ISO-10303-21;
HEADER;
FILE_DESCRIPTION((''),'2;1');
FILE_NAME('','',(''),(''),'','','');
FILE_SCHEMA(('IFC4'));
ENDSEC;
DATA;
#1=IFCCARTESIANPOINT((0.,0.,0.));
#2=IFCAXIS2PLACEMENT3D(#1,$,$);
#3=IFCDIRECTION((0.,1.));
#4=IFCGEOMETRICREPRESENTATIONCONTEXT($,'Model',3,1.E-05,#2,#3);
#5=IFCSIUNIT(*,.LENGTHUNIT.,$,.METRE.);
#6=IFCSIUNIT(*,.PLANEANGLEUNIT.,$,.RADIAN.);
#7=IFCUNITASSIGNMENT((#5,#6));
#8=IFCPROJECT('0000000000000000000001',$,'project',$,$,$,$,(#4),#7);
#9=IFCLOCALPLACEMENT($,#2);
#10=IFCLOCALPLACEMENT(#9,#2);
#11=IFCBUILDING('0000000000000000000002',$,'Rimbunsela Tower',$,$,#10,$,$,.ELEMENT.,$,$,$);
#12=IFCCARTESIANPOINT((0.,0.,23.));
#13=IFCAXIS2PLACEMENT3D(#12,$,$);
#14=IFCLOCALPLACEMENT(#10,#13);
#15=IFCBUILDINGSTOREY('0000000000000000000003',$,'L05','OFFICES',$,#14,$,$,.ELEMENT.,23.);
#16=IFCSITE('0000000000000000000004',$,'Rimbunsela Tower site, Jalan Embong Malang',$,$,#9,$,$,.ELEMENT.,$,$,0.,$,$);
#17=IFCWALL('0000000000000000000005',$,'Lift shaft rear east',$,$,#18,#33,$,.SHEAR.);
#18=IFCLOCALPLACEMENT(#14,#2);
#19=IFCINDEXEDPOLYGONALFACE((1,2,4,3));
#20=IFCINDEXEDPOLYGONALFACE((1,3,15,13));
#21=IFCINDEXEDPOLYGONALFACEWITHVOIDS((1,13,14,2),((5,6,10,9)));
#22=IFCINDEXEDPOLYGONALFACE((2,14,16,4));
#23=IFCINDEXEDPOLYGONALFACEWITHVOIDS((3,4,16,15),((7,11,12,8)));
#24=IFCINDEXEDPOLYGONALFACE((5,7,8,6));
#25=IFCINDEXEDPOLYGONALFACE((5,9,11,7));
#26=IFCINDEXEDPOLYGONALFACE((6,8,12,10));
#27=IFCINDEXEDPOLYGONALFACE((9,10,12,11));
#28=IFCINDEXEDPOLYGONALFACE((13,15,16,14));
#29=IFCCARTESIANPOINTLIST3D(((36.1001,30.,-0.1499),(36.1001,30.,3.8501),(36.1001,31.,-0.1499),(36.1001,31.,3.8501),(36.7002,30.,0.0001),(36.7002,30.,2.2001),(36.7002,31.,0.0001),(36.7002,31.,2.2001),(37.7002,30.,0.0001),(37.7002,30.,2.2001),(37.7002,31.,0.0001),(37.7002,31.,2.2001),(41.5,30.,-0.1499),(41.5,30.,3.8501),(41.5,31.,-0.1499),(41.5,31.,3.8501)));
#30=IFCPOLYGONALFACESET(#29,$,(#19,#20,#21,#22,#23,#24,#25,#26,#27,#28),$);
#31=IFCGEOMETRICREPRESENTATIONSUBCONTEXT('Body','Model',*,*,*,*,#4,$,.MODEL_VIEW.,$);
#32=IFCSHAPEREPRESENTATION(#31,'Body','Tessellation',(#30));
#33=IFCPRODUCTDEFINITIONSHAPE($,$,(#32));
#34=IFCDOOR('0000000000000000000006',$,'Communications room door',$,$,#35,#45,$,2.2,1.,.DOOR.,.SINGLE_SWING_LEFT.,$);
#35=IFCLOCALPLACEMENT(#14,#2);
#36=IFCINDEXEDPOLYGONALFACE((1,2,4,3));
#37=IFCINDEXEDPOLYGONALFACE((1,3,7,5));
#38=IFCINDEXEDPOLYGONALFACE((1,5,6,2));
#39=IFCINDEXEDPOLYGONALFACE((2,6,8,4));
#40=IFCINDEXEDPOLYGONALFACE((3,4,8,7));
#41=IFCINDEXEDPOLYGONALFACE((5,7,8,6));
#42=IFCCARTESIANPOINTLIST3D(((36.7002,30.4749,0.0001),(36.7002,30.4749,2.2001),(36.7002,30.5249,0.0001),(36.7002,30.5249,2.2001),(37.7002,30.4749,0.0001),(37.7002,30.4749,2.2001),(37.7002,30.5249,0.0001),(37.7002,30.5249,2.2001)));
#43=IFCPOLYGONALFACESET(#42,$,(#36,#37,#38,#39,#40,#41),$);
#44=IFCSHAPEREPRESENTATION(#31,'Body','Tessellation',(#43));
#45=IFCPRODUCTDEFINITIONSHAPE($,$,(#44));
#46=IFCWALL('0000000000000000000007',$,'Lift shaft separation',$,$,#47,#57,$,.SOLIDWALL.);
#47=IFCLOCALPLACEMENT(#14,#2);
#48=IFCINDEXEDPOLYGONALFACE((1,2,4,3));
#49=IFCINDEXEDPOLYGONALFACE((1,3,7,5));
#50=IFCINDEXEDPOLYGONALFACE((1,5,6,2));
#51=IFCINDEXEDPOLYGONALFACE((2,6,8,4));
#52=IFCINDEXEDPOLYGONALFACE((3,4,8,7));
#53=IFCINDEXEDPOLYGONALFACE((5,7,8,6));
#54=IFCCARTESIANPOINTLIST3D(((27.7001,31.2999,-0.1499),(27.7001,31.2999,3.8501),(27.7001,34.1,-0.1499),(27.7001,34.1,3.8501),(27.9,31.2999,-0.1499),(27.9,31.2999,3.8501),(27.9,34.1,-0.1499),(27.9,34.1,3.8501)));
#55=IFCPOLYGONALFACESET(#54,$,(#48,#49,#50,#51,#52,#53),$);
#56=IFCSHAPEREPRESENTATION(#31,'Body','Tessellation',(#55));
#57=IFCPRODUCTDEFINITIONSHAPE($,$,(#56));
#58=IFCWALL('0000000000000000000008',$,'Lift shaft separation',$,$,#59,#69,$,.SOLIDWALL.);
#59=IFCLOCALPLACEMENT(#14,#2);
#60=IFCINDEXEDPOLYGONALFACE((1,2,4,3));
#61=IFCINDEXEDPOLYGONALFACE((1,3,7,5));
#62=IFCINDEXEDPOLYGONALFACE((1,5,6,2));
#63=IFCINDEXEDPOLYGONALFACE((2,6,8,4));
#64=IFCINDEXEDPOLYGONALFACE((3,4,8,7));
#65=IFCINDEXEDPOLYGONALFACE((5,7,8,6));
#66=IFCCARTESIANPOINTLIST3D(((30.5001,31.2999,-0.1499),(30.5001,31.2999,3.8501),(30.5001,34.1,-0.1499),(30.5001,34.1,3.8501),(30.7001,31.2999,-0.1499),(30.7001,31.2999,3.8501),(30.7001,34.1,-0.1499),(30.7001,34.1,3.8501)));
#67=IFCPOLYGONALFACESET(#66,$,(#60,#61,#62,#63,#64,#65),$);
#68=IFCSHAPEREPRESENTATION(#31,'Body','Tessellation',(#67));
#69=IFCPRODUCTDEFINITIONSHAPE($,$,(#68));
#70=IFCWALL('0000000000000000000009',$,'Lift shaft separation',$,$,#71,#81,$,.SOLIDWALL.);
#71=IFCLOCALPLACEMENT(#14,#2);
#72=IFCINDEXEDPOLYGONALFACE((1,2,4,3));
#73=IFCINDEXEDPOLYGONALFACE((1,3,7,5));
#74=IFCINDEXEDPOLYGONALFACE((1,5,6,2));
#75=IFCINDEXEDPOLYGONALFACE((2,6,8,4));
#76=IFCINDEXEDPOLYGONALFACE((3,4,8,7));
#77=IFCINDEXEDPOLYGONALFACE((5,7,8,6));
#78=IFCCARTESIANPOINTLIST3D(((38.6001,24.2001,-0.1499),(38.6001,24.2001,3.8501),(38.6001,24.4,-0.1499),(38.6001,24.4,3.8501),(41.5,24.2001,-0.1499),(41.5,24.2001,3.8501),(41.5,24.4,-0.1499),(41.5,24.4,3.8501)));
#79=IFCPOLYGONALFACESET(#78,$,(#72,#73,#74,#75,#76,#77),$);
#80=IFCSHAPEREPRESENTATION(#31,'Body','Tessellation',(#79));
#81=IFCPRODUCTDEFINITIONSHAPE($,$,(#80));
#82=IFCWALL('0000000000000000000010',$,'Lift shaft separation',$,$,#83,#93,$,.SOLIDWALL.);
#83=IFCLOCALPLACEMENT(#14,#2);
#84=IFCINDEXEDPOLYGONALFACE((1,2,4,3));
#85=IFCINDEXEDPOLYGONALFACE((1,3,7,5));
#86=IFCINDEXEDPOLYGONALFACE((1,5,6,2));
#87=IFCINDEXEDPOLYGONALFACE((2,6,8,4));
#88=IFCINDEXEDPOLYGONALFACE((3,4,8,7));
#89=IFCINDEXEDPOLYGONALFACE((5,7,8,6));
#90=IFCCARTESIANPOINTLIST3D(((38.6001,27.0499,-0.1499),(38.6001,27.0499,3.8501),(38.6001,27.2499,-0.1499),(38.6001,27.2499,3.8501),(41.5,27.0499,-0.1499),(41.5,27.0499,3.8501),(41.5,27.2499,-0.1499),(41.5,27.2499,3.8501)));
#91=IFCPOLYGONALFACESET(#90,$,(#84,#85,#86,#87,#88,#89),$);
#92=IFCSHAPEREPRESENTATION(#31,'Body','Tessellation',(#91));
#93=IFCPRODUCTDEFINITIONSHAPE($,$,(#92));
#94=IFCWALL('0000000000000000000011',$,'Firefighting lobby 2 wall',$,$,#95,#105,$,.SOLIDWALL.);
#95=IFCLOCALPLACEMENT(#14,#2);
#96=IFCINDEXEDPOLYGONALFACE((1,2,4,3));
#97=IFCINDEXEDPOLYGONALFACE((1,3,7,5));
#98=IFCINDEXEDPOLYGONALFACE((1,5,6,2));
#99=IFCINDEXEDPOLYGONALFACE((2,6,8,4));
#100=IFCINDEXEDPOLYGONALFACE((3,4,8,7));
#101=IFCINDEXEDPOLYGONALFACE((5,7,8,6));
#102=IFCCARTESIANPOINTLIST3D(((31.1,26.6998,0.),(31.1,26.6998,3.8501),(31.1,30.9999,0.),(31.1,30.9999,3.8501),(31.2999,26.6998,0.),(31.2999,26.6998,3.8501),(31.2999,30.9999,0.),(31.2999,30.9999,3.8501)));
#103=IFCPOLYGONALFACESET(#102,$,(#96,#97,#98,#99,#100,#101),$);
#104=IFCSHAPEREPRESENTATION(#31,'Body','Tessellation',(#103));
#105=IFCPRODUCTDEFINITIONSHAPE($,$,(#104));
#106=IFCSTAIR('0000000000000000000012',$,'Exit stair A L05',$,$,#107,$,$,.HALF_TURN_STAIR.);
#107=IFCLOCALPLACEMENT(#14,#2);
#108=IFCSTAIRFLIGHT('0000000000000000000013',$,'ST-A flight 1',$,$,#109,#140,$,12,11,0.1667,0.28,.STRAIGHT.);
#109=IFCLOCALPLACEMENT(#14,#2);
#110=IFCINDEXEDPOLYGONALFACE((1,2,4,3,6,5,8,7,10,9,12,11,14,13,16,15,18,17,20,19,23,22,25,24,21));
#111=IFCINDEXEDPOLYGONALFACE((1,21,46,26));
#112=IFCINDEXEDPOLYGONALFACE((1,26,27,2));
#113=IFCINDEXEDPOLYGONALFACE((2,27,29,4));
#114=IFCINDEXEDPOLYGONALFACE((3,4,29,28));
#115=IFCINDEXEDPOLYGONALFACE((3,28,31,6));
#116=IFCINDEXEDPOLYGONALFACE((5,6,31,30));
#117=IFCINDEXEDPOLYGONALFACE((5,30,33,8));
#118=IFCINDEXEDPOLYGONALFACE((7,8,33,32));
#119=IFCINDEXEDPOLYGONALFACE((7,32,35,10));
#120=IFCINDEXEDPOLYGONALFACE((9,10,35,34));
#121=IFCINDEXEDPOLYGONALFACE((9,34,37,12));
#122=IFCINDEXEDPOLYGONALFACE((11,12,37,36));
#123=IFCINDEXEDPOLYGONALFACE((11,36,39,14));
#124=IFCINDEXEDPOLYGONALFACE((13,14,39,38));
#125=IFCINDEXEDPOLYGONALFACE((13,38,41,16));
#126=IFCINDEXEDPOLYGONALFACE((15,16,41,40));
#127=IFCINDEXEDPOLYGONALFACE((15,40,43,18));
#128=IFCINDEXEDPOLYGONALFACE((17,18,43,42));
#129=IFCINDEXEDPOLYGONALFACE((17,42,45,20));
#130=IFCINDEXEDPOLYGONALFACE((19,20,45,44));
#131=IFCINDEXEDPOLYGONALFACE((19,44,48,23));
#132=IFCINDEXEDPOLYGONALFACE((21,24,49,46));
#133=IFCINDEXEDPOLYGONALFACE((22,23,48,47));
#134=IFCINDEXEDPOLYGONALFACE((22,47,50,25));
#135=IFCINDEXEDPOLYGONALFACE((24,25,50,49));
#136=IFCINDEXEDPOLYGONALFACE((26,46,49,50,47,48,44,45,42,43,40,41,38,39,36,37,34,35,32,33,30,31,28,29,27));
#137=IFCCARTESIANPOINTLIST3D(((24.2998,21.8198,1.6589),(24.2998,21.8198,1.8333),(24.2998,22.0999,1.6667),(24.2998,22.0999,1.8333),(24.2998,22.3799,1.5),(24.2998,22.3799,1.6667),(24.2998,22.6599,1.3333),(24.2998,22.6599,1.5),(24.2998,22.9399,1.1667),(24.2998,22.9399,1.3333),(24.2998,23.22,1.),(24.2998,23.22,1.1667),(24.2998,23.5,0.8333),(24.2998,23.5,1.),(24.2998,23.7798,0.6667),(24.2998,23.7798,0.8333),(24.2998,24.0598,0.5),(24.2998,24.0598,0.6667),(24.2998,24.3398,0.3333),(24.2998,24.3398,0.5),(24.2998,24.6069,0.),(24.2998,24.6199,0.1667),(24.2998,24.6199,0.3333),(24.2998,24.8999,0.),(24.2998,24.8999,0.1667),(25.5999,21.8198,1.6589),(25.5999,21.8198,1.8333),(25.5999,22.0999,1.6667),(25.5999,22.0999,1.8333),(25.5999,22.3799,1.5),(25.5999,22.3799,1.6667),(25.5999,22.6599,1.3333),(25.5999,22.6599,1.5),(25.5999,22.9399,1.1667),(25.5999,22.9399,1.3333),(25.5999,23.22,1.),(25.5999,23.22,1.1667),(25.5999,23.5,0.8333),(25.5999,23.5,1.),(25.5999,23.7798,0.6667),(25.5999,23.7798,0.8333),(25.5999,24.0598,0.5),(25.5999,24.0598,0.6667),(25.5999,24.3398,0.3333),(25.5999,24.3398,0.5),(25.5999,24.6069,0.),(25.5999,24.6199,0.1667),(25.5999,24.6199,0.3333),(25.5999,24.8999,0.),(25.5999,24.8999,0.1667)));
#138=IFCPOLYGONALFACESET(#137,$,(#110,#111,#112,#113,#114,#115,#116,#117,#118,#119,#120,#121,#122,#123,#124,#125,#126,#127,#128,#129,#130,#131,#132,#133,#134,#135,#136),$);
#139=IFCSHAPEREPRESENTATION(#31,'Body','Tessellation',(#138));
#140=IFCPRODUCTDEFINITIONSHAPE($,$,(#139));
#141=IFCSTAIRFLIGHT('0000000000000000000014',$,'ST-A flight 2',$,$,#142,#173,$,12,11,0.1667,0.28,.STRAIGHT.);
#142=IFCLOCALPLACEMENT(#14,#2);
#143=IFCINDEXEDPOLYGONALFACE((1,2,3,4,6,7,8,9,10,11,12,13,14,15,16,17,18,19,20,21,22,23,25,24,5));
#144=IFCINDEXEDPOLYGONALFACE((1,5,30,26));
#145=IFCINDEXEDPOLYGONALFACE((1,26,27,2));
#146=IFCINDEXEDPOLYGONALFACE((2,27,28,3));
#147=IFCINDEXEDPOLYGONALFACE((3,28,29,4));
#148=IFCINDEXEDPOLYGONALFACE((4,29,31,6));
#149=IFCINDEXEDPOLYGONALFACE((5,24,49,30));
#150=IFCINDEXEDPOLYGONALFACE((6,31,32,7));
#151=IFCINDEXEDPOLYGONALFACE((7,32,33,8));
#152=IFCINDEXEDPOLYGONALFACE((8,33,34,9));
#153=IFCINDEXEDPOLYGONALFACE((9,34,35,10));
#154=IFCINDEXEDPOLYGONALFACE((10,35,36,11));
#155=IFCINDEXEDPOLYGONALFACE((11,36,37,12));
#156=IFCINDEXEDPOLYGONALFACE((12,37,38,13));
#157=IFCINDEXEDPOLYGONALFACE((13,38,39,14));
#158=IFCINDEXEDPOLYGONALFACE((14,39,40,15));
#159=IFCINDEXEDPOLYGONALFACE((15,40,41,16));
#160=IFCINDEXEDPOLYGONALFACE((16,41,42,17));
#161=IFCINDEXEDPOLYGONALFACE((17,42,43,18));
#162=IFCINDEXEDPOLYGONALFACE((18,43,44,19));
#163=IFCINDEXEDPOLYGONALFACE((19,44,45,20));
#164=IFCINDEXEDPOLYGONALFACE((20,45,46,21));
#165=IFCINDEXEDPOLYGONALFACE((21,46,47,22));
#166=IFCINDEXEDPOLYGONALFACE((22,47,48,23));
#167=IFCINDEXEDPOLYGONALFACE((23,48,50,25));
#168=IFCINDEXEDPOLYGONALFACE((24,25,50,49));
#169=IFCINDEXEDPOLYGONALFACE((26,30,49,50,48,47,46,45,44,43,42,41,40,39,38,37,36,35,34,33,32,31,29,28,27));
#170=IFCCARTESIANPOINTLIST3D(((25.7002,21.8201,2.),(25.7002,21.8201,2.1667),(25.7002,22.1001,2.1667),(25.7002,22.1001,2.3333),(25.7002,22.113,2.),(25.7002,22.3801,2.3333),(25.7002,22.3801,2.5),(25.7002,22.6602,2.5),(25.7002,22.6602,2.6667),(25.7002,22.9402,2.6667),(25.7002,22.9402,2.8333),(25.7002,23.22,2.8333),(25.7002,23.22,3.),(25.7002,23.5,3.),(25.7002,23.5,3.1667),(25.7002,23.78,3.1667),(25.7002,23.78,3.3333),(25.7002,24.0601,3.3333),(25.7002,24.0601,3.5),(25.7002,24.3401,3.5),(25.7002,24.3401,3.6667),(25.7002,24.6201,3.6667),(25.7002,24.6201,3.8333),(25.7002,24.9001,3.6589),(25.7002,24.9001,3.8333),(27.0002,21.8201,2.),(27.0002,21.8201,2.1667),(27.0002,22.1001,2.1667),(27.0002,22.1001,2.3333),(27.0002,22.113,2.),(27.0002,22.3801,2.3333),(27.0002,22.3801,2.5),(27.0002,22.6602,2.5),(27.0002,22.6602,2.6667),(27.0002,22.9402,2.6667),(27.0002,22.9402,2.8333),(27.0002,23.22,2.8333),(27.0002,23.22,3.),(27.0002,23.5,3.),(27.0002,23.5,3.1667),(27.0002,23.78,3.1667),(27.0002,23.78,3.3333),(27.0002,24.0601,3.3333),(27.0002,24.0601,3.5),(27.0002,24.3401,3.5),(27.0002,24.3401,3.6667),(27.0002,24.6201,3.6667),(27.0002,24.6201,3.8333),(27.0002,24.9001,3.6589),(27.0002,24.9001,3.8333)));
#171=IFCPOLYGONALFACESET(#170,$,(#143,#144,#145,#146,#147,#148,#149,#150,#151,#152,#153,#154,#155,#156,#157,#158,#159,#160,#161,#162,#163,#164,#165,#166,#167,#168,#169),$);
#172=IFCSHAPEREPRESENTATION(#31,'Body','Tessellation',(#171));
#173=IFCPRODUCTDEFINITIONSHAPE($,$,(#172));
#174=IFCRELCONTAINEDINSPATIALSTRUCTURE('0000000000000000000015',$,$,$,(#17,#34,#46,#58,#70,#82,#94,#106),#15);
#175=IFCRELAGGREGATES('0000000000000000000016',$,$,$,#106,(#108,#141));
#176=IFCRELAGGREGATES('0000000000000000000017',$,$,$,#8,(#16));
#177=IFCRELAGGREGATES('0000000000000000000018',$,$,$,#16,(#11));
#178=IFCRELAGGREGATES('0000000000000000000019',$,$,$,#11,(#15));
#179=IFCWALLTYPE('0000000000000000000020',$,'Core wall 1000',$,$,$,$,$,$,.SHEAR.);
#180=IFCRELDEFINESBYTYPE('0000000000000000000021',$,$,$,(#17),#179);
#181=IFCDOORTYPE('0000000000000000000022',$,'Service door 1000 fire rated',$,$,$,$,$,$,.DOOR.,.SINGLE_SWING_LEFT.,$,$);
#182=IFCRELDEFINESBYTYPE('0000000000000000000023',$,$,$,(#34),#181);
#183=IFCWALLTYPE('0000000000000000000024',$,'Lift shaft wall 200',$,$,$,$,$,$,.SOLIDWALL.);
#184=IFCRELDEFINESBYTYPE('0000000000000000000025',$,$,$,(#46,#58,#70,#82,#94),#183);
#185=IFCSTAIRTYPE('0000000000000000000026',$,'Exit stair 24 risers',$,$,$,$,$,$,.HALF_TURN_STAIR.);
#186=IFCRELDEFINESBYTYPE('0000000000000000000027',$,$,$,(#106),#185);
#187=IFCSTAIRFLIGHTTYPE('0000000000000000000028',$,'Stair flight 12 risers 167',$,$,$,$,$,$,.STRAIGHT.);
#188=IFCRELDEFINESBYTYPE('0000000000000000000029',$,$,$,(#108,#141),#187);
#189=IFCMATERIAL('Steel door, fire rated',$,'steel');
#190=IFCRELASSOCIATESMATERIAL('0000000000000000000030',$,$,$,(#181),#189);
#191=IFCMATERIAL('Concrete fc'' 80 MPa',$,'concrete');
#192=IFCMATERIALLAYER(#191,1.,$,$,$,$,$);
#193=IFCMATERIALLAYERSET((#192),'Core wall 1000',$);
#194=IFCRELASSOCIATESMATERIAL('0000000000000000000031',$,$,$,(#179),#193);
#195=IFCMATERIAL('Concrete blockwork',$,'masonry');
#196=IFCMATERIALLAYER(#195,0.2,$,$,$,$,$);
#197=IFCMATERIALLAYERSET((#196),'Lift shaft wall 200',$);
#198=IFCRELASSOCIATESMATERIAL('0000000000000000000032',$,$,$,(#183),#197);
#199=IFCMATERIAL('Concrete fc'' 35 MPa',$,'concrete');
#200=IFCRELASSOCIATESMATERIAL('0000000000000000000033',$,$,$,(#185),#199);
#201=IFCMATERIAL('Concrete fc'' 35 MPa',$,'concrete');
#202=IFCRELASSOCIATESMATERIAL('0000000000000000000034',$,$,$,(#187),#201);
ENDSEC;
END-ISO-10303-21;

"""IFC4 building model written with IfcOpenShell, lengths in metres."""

from ifc_helpers import new_model, si_unit, direction, frame, frame_2d, origin, place, context, subcontext, project, spatial, polyline, rectangle, outline, extrude, material, layer, layer_set, type_object, element, fill, aggregate, save


model = new_model("IFC4")

# Units and contexts
model_context = context("Model", 3, precision=1e-05, world=origin(), true_north=direction((0.0, 1.0)))
body_context = subcontext(model_context, "Body", "Model", "MODEL_VIEW")
ifc_project = project(units=[si_unit("LENGTHUNIT", "METRE"), si_unit("PLANEANGLEUNIT", "RADIAN")], contexts=[model_context])

# Site, building, storey
site_placement = place(None, origin())
site = spatial("IfcSite", under=ifc_project, at=site_placement, Name="Rimbunsela Tower site, Jalan Embong Malang", CompositionType="ELEMENT", RefElevation=0.0)
building_placement = place(site_placement, origin())
building = spatial("IfcBuilding", under=site, at=building_placement, Name="Rimbunsela Tower", CompositionType="ELEMENT")
storey_placement = place(building_placement, frame((0.0, 0.0, 23.0)))
storey = spatial("IfcBuildingStorey", under=building, at=storey_placement, Name="L05", Description="OFFICES", CompositionType="ELEMENT", Elevation=23.0)

# Shared definitions
ifc_material_1 = material(Name="Steel door, fire rated", Category="steel")
door_type_1 = type_object("IfcDoorType", Name="Service door 1000 fire rated", OperationType="SINGLE_SWING_LEFT", PredefinedType="DOOR", material=ifc_material_1)

# Wall, opening, door
ifc_material_2 = material(Name="Concrete fc' 80 MPa", Category="concrete")
ifc_layer_1 = layer(ifc_material_2, 1.0)
ifc_layer_set_1 = layer_set([ifc_layer_1], Name="Core wall 1000")
wall_type_1 = type_object("IfcWallType", Name="Core wall 1000", PredefinedType="SHEAR", material=ifc_layer_set_1)
wall_1_placement = place(storey_placement, frame((36.1001, 30.5, -0.1499), z_axis=(0.0, 0.0, 1.0), x_axis=(1.0, 0.0, 0.0)))
wall_1 = element("IfcWall", 1, at=wall_1_placement, inside=storey, type_object=wall_type_1, Name="Lift shaft rear east", PredefinedType="SHEAR", context=body_context, shape_type="SweptSolid", body=[
    extrude(rectangle(XDim=5.3999, YDim=1.0, at=frame_2d((2.7, 0.0))), origin(), (0.0, 0.0, 1.0), 4.0),
])
opening_1_placement = place(wall_1_placement, frame((0.6001, 0.0, 0.1499)))
opening_1 = element("IfcOpeningElement", 2, at=opening_1_placement, cuts=wall_1, PredefinedType="OPENING", context=body_context, shape_type="SweptSolid", body=[
    extrude(rectangle(XDim=1.0, YDim=2.2, at=frame_2d((0.5, 1.1001))), frame((0.0, 0.51, 0.0), z_axis=(0.0, -1.0, 0.0), x_axis=(1.0, 0.0, 0.0)), (0.0, 0.0, 1.0), 1.02),
])
door_1_placement = place(opening_1_placement, origin())
door_1 = element("IfcDoor", 3, at=door_1_placement, inside=storey, type_object=door_type_1, Name="Communications room door", OperationType="SINGLE_SWING_LEFT", OverallHeight=2.2, OverallWidth=1.0, PredefinedType="DOOR", context=body_context, shape_type="SweptSolid", body=[
    extrude(rectangle(XDim=1.0, YDim=2.2, at=frame_2d((0.5, 1.1001))), frame((0.0, 0.0249, 0.0), z_axis=(0.0, -1.0, 0.0), x_axis=(1.0, 0.0, 0.0)), (0.0, 0.0, 1.0), 0.05),
])
fill(opening_1, door_1)

# Walls
ifc_material_3 = material(Name="Concrete blockwork", Category="masonry")
ifc_layer_2 = layer(ifc_material_3, 0.2)
ifc_layer_set_2 = layer_set([ifc_layer_2], Name="Lift shaft wall 200")
wall_type_2 = type_object("IfcWallType", Name="Lift shaft wall 200", PredefinedType="SOLIDWALL", material=ifc_layer_set_2)
for number, where, z_axis, x_axis, name in (
    (4, (27.8, 31.3, -0.1499), (0.0, 0.0, 1.0), (0.0, 1.0, 0.0), "Lift shaft separation"),
    (5, (30.6001, 31.3, -0.1499), (0.0, 0.0, 1.0), (0.0, 1.0, 0.0), "Lift shaft separation"),
):
    element("IfcWall", number, at=place(storey_placement, frame(where, z_axis=z_axis, x_axis=x_axis)), inside=storey, type_object=wall_type_2, Name=name, PredefinedType="SOLIDWALL", context=body_context, shape_type="SweptSolid", body=[
        extrude(rectangle(XDim=2.8, YDim=0.2, at=frame_2d((1.3999, 0.0))), origin(), (0.0, 0.0, 1.0), 4.0),
    ])
for number, where, z_axis, x_axis, name in (
    (6, (38.6001, 24.3, -0.1499), (0.0, 0.0, 1.0), (1.0, 0.0, 0.0), "Lift shaft separation"),
    (7, (38.6001, 27.1499, -0.1499), (0.0, 0.0, 1.0), (1.0, 0.0, 0.0), "Lift shaft separation"),
):
    element("IfcWall", number, at=place(storey_placement, frame(where, z_axis=z_axis, x_axis=x_axis)), inside=storey, type_object=wall_type_2, Name=name, PredefinedType="SOLIDWALL", context=body_context, shape_type="SweptSolid", body=[
        extrude(rectangle(XDim=2.8999, YDim=0.2, at=frame_2d((1.45, 0.0))), origin(), (0.0, 0.0, 1.0), 4.0),
    ])
wall_2_placement = place(storey_placement, frame((31.2, 26.7, 0.0), z_axis=(0.0, 0.0, 1.0), x_axis=(0.0, 1.0, 0.0)))
element("IfcWall", 8, at=wall_2_placement, inside=storey, type_object=wall_type_2, Name="Firefighting lobby 2 wall", PredefinedType="SOLIDWALL", context=body_context, shape_type="SweptSolid", body=[
    extrude(rectangle(XDim=4.3, YDim=0.2, at=frame_2d((2.1499, 0.0))), origin(), (0.0, 0.0, 1.0), 3.8501),
])

# Stair, stair flights
ifc_material_4 = material(Name="Concrete fc' 35 MPa", Category="concrete")
stair_type = type_object("IfcStairType", Name="Exit stair 24 risers", PredefinedType="HALF_TURN_STAIR", material=ifc_material_4)
stair_1_placement = place(storey_placement, origin())
stair_1 = element("IfcStair", 9, at=stair_1_placement, inside=storey, type_object=stair_type, Name="Exit stair A L05", PredefinedType="HALF_TURN_STAIR")
ifc_material_5 = material(Name="Concrete fc' 35 MPa", Category="concrete")
stair_flight_type = type_object("IfcStairFlightType", Name="Stair flight 12 risers 167", PredefinedType="STRAIGHT", material=ifc_material_5)
stair_flight_1_placement = place(storey_placement, frame((24.95, 24.8999, 0.0), z_axis=(0.0, 0.0, 1.0), x_axis=(0.0, -1.0, 0.0)))
stair_flight_1 = element("IfcStairFlight", 10, at=stair_flight_1_placement, type_object=stair_flight_type, Name="ST-A flight 1", NumberOfRisers=12, NumberOfTreads=11, PredefinedType="STRAIGHT", RiserHeight=0.1667, TreadLength=0.28, context=body_context, shape_type="SweptSolid", body=[
    extrude(outline(polyline([(0.0, 0.0), (0.0, 0.1667), (0.28, 0.1667), (0.28, 0.3333), (0.5601, 0.3333), (0.5601, 0.5), (0.8401, 0.5), (0.8401, 0.6667), (1.1201, 0.6667), (1.1201, 0.8333), (1.3999, 0.8333), (1.3999, 1.0), (1.6799, 1.0), (1.6799, 1.1667), (1.96, 1.1667), (1.96, 1.3333), (2.24, 1.3333), (2.24, 1.5), (2.52, 1.5), (2.52, 1.6667), (2.8, 1.6667), (2.8, 1.8333), (3.0801, 1.8333), (3.0801, 2.0), (3.0801, 1.6589), (0.293, 0.0), (0.0, 0.0)])), frame((0.0, 0.6499, 0.0), z_axis=(0.0, -1.0, 0.0), x_axis=(1.0, 0.0, 0.0)), (0.0, 0.0, 1.0), 1.3),
])
stair_flight_2_placement = place(storey_placement, frame((26.3501, 21.8201, 2.0), z_axis=(0.0, 0.0, 1.0), x_axis=(0.0, 1.0, 0.0)))
stair_flight_2 = element("IfcStairFlight", 11, at=stair_flight_2_placement, type_object=stair_flight_type, Name="ST-A flight 2", NumberOfRisers=12, NumberOfTreads=11, PredefinedType="STRAIGHT", RiserHeight=0.1667, TreadLength=0.28, context=body_context, shape_type="SweptSolid", body=[
    extrude(outline(polyline([(0.0, 0.0), (0.0, 0.1667), (0.28, 0.1667), (0.28, 0.3333), (0.5601, 0.3333), (0.5601, 0.5), (0.8401, 0.5), (0.8401, 0.6667), (1.1201, 0.6667), (1.1201, 0.8333), (1.3999, 0.8333), (1.3999, 1.0), (1.6799, 1.0), (1.6799, 1.1667), (1.96, 1.1667), (1.96, 1.3333), (2.24, 1.3333), (2.24, 1.5), (2.52, 1.5), (2.52, 1.6667), (2.8, 1.6667), (2.8, 1.8333), (3.0801, 1.8333), (3.0801, 2.0), (3.0801, 1.6589), (0.293, 0.0), (0.0, 0.0)])), frame((0.0, 0.6499, 0.0), z_axis=(0.0, -1.0, 0.0), x_axis=(1.0, 0.0, 0.0)), (0.0, 0.0, 1.0), 1.3),
])
aggregate(stair_1, [stair_flight_1, stair_flight_2])

save(model, "model.ifc")
